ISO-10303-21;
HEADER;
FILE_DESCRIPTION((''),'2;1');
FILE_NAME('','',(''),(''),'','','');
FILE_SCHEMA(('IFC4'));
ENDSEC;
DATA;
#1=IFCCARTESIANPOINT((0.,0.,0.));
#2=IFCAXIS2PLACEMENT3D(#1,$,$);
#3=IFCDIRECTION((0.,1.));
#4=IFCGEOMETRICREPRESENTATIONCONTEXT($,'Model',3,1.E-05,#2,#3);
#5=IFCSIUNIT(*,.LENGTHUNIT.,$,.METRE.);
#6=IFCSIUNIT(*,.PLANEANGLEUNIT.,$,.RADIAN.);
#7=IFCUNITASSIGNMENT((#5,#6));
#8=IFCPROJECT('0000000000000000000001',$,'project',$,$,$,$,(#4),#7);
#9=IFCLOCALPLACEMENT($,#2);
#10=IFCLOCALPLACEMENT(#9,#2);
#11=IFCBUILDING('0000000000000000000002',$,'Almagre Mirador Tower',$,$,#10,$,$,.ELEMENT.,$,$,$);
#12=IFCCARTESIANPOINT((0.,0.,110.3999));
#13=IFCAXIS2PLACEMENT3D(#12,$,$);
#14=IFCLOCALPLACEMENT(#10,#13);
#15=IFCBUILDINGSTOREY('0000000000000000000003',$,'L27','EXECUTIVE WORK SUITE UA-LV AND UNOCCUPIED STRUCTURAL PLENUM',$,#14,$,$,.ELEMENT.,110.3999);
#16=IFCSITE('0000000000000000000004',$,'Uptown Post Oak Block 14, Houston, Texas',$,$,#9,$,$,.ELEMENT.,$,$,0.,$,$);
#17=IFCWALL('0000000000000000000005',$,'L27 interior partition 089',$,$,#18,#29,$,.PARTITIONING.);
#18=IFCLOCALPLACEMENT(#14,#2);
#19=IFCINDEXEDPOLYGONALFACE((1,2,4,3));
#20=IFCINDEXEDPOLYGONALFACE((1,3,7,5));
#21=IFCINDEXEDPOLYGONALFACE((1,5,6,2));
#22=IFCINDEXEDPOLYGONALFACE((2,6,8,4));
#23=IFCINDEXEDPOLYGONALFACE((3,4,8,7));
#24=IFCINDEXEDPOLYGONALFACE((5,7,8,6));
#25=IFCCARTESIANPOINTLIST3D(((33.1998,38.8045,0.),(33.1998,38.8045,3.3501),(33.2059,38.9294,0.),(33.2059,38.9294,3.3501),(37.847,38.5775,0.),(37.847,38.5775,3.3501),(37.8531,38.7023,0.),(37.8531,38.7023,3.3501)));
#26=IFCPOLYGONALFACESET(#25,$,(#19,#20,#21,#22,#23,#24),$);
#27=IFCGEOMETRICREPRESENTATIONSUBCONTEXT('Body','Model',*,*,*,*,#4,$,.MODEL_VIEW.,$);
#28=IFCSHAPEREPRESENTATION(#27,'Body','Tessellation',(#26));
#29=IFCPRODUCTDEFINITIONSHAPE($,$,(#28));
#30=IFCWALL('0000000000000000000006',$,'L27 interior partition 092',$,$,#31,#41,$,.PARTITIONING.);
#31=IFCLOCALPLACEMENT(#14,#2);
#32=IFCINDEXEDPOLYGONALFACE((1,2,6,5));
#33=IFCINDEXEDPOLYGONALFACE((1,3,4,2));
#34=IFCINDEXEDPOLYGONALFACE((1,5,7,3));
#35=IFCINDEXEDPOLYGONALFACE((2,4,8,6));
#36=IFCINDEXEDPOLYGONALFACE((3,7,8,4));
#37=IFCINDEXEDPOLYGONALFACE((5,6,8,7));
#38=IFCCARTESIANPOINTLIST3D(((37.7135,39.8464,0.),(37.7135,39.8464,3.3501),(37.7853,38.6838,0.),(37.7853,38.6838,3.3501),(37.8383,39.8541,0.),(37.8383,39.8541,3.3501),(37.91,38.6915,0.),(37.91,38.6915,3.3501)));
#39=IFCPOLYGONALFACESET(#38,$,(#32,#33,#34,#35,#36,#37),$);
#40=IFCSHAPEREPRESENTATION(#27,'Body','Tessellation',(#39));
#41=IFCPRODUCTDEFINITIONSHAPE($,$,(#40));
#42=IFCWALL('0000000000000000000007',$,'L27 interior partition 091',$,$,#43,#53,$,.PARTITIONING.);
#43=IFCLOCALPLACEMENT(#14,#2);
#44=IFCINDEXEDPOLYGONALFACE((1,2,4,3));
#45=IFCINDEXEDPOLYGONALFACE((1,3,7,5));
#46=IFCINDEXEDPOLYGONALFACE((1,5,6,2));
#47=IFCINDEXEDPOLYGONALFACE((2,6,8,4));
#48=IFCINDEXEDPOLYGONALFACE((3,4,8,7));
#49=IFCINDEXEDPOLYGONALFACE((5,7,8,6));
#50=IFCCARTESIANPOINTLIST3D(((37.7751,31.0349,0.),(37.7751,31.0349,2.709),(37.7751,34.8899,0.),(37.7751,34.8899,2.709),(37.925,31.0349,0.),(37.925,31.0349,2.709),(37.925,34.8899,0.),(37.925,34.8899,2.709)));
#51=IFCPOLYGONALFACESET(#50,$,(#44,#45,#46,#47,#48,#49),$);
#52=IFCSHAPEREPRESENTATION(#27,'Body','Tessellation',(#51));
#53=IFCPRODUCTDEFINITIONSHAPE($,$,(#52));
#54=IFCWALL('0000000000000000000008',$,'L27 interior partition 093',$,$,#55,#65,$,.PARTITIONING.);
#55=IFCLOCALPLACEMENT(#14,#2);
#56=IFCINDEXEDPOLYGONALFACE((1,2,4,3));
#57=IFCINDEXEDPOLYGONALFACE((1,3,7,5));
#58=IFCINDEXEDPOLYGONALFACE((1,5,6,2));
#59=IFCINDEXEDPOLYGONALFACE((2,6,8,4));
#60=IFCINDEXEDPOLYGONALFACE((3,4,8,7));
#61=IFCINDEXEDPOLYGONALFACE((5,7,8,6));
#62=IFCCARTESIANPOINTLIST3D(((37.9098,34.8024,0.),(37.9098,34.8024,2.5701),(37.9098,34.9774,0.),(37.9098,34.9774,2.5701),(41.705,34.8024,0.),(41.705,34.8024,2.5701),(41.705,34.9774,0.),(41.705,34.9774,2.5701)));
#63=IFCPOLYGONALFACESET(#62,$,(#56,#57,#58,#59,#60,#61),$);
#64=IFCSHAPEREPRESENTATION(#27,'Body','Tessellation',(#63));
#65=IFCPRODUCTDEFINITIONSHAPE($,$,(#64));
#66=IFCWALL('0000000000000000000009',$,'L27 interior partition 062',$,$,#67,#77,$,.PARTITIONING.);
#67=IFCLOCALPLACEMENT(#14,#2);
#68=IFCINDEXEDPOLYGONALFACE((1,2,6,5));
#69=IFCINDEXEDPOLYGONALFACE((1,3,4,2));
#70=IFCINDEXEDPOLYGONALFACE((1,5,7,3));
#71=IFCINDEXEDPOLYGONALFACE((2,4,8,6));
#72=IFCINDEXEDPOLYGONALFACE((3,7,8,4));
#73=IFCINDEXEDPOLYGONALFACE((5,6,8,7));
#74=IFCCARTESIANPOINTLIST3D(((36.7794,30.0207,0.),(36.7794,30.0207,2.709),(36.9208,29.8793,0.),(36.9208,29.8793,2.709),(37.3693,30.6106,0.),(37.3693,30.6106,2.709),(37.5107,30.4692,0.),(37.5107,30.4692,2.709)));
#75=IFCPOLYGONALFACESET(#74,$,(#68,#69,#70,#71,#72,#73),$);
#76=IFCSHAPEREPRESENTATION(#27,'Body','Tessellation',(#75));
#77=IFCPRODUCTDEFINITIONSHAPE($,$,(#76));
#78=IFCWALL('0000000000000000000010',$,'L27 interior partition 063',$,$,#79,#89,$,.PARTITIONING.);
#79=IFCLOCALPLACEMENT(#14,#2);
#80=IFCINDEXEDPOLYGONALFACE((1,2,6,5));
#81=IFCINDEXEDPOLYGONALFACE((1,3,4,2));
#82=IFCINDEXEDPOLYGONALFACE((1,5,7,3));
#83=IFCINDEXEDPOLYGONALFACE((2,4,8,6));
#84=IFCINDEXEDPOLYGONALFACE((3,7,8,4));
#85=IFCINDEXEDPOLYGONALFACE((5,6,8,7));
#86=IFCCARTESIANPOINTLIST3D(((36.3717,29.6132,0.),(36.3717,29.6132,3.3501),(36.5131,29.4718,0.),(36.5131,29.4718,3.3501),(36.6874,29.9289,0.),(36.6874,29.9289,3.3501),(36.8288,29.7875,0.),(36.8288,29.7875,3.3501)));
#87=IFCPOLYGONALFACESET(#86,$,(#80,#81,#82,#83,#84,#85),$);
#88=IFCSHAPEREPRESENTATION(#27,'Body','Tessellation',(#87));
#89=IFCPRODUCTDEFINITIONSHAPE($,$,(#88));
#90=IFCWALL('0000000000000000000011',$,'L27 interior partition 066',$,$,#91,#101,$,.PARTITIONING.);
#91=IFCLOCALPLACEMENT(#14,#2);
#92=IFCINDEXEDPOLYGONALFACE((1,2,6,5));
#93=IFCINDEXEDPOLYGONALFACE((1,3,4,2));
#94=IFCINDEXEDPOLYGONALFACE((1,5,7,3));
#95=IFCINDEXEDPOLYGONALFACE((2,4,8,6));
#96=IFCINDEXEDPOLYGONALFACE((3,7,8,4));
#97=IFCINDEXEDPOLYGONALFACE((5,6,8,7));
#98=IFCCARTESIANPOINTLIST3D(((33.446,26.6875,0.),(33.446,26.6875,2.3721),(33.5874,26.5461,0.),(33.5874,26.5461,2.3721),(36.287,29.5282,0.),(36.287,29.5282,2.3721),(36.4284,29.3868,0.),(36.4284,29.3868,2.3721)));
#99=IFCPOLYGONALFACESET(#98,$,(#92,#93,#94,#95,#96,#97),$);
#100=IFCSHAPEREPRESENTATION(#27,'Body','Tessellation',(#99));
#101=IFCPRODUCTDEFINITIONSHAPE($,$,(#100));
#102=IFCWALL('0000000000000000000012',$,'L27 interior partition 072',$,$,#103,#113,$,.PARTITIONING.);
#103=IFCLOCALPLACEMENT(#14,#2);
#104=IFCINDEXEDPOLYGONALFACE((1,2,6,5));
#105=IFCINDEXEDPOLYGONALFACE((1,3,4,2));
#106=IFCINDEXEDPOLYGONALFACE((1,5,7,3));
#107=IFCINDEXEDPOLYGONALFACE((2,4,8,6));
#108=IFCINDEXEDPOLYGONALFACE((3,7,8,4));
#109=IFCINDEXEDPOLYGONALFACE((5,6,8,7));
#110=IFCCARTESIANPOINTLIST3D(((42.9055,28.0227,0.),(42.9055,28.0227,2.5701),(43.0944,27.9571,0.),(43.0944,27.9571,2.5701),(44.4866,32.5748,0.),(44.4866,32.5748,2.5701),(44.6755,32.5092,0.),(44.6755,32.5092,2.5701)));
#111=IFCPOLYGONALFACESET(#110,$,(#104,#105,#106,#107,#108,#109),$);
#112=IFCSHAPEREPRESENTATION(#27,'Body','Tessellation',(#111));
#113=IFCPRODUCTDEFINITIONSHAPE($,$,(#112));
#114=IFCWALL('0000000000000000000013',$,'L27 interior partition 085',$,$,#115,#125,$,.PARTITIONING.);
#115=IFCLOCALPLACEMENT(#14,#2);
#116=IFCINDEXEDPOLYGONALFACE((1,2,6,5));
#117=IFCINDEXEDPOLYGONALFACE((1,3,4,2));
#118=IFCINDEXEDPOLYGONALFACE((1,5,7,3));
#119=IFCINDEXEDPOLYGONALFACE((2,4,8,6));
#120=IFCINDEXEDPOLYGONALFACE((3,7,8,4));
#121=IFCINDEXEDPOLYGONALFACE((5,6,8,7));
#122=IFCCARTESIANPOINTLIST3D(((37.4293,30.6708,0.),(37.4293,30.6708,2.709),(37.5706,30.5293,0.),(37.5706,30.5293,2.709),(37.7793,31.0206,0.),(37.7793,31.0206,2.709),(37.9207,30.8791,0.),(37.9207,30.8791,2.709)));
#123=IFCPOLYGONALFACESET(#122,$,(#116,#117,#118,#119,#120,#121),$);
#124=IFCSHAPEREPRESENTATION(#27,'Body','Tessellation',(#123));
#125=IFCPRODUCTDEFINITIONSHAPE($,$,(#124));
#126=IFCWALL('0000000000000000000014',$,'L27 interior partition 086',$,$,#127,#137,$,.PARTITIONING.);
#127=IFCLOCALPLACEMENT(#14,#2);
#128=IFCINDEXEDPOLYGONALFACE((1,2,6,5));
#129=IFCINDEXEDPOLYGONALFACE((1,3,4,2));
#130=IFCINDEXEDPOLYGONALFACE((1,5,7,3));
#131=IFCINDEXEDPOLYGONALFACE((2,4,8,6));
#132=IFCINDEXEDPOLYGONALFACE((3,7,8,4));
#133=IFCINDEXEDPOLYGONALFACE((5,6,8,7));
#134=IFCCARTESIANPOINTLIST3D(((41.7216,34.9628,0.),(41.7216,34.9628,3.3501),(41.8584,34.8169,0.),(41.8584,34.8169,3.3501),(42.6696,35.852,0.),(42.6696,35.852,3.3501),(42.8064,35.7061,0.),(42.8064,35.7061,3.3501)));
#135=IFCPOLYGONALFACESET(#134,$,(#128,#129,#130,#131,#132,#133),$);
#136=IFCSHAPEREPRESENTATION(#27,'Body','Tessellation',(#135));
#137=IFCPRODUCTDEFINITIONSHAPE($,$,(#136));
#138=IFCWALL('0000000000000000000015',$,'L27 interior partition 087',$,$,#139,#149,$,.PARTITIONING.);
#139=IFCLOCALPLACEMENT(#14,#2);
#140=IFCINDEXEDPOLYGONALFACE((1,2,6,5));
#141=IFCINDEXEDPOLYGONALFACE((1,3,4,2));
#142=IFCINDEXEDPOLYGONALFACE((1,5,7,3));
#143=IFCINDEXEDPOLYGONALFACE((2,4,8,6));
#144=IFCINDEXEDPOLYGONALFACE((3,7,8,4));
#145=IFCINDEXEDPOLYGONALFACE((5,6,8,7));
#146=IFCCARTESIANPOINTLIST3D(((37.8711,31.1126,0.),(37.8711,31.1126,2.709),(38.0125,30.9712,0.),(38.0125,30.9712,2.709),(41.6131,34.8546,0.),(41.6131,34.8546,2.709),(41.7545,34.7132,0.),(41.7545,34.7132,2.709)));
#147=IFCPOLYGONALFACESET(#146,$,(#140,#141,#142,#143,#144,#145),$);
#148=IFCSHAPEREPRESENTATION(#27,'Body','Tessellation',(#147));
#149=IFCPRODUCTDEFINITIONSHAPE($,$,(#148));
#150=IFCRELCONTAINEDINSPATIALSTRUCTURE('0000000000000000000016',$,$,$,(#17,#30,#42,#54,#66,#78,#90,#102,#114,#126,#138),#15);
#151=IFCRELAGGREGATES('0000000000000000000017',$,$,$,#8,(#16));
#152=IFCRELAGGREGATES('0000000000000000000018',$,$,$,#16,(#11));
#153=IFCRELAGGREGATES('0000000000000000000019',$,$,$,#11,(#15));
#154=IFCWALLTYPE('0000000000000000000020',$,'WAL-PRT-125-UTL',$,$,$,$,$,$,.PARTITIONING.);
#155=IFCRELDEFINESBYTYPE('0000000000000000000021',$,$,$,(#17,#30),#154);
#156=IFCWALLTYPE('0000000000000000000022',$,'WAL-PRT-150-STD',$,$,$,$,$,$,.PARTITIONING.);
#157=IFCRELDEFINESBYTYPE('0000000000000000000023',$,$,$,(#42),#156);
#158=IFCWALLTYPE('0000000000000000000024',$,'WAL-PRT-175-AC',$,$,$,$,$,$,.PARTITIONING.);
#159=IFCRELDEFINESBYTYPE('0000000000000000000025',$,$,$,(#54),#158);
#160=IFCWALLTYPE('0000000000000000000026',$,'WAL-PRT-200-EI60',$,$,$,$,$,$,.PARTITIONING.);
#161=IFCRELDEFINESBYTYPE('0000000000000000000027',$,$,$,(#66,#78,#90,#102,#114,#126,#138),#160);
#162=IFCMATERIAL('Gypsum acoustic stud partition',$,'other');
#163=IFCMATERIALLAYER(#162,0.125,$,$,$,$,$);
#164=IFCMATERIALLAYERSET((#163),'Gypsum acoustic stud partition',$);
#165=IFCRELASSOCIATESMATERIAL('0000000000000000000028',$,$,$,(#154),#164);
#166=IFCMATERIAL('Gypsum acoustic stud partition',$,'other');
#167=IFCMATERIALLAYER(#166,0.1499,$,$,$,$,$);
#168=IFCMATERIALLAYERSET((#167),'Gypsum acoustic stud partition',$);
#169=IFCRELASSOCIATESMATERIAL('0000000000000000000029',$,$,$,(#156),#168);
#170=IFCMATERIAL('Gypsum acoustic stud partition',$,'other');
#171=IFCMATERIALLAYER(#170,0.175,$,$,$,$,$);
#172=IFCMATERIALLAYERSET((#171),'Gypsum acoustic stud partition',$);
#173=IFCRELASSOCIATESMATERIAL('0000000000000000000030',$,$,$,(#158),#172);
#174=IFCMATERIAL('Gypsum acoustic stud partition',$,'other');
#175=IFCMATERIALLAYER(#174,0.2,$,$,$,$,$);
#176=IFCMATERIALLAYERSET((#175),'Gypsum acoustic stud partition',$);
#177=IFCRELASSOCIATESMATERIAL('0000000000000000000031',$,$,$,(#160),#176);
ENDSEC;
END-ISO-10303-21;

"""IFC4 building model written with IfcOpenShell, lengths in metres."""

from ifc_helpers import new_model, si_unit, direction, frame, frame_2d, origin, place, context, subcontext, project, spatial, rectangle, extrude, material, layer, layer_set, type_object, element, save


model = new_model("IFC4")

# Units and contexts
model_context = context("Model", 3, precision=1e-05, world=origin(), true_north=direction((0.0, 1.0)))
body_context = subcontext(model_context, "Body", "Model", "MODEL_VIEW")
ifc_project = project(units=[si_unit("LENGTHUNIT", "METRE"), si_unit("PLANEANGLEUNIT", "RADIAN")], contexts=[model_context])

# Site, building, storey
site_placement = place(None, origin())
site = spatial("IfcSite", under=ifc_project, at=site_placement, Name="Uptown Post Oak Block 14, Houston, Texas", CompositionType="ELEMENT", RefElevation=0.0)
building_placement = place(site_placement, origin())
building = spatial("IfcBuilding", under=site, at=building_placement, Name="Almagre Mirador Tower", CompositionType="ELEMENT")
storey_placement = place(building_placement, frame((0.0, 0.0, 110.3999)))
storey = spatial("IfcBuildingStorey", under=building, at=storey_placement, Name="L27", Description="EXECUTIVE WORK SUITE UA-LV AND UNOCCUPIED STRUCTURAL PLENUM", CompositionType="ELEMENT", Elevation=110.3999)

# Walls
ifc_material_1 = material(Name="Gypsum acoustic stud partition", Category="other")
ifc_layer_1 = layer(ifc_material_1, 0.125)
ifc_layer_set_1 = layer_set([ifc_layer_1], Name="Gypsum acoustic stud partition")
wall_type_1 = type_object("IfcWallType", Name="WAL-PRT-125-UTL", PredefinedType="PARTITIONING", material=ifc_layer_set_1)
wall_1_placement = place(storey_placement, frame((37.8501, 38.6399, 0.0), z_axis=(0.0, 0.0, 1.0), x_axis=(-0.998809, 0.048799, 0.0)))
element("IfcWall", 1, at=wall_1_placement, inside=storey, type_object=wall_type_1, Name="L27 interior partition 089", PredefinedType="PARTITIONING", context=body_context, shape_type="SweptSolid", body=[
    extrude(rectangle(XDim=4.6528, YDim=0.125, at=frame_2d((2.3264, 0.0))), origin(), (0.0, 0.0, 1.0), 3.3501),
])
wall_2_placement = place(storey_placement, frame((37.8477, 38.6875, 0.0), z_axis=(0.0, 0.0, 1.0), x_axis=(-0.061621, 0.9981, 0.0)))
element("IfcWall", 2, at=wall_2_placement, inside=storey, type_object=wall_type_1, Name="L27 interior partition 092", PredefinedType="PARTITIONING", context=body_context, shape_type="SweptSolid", body=[
    extrude(rectangle(XDim=1.1648, YDim=0.125, at=frame_2d((0.5825, 0.0))), origin(), (0.0, 0.0, 1.0), 3.3501),
])
ifc_material_2 = material(Name="Gypsum acoustic stud partition", Category="other")
ifc_layer_2 = layer(ifc_material_2, 0.1499)
ifc_layer_set_2 = layer_set([ifc_layer_2], Name="Gypsum acoustic stud partition")
wall_type_2 = type_object("IfcWallType", Name="WAL-PRT-150-STD", PredefinedType="PARTITIONING", material=ifc_layer_set_2)
wall_3_placement = place(storey_placement, frame((37.8501, 31.0349, 0.0), z_axis=(0.0, 0.0, 1.0), x_axis=(0.0, 1.0, 0.0)))
element("IfcWall", 3, at=wall_3_placement, inside=storey, type_object=wall_type_2, Name="L27 interior partition 091", PredefinedType="PARTITIONING", context=body_context, shape_type="SweptSolid", body=[
    extrude(rectangle(XDim=3.855, YDim=0.1499, at=frame_2d((1.9275, 0.0))), origin(), (0.0, 0.0, 1.0), 2.709),
])
ifc_material_3 = material(Name="Gypsum acoustic stud partition", Category="other")
ifc_layer_3 = layer(ifc_material_3, 0.175)
ifc_layer_set_3 = layer_set([ifc_layer_3], Name="Gypsum acoustic stud partition")
wall_type_3 = type_object("IfcWallType", Name="WAL-PRT-175-AC", PredefinedType="PARTITIONING", material=ifc_layer_set_3)
wall_4_placement = place(storey_placement, frame((37.9099, 34.8899, 0.0), z_axis=(0.0, 0.0, 1.0), x_axis=(1.0, 0.0, 0.0)))
element("IfcWall", 4, at=wall_4_placement, inside=storey, type_object=wall_type_3, Name="L27 interior partition 093", PredefinedType="PARTITIONING", context=body_context, shape_type="SweptSolid", body=[
    extrude(rectangle(XDim=3.7952, YDim=0.175, at=frame_2d((1.8975, 0.0))), origin(), (0.0, 0.0, 1.0), 2.5701),
])
ifc_material_4 = material(Name="Gypsum acoustic stud partition", Category="other")
ifc_layer_4 = layer(ifc_material_4, 0.2)
ifc_layer_set_4 = layer_set([ifc_layer_4], Name="Gypsum acoustic stud partition")
wall_type_4 = type_object("IfcWallType", Name="WAL-PRT-200-EI60", PredefinedType="PARTITIONING", material=ifc_layer_set_4)
wall_5_placement = place(storey_placement, frame((37.4399, 30.5398, 0.0), z_axis=(0.0, 0.0, 1.0), x_axis=(-0.707107, -0.707107, 0.0)))
element("IfcWall", 5, at=wall_5_placement, inside=storey, type_object=wall_type_4, Name="L27 interior partition 062", PredefinedType="PARTITIONING", context=body_context, shape_type="SweptSolid", body=[
    extrude(rectangle(XDim=0.8342, YDim=0.2, at=frame_2d((0.417, 0.0))), origin(), (0.0, 0.0, 1.0), 2.709),
])
wall_6_placement = place(storey_placement, frame((36.7581, 29.8582, 0.0), z_axis=(0.0, 0.0, 1.0), x_axis=(-0.707107, -0.707107, 0.0)))
element("IfcWall", 6, at=wall_6_placement, inside=storey, type_object=wall_type_4, Name="L27 interior partition 063", PredefinedType="PARTITIONING", context=body_context, shape_type="SweptSolid", body=[
    extrude(rectangle(XDim=0.4465, YDim=0.2, at=frame_2d((0.2231, 0.0))), origin(), (0.0, 0.0, 1.0), 3.3501),
])
wall_7_placement = place(storey_placement, frame((36.3577, 29.4575, 0.0), z_axis=(0.0, 0.0, 1.0), x_axis=(-0.707137, -0.707076, 0.0)))
element("IfcWall", 7, at=wall_7_placement, inside=storey, type_object=wall_type_4, Name="L27 interior partition 066", PredefinedType="PARTITIONING", context=body_context, shape_type="SweptSolid", body=[
    extrude(rectangle(XDim=4.0176, YDim=0.2, at=frame_2d((2.0088, 0.0))), origin(), (0.0, 0.0, 1.0), 2.3721),
])
wall_8_placement = place(storey_placement, frame((44.5811, 32.542, 0.0), z_axis=(0.0, 0.0, 1.0), x_axis=(-0.328104, -0.944642, 0.0)))
element("IfcWall", 8, at=wall_8_placement, inside=storey, type_object=wall_type_4, Name="L27 interior partition 072", PredefinedType="PARTITIONING", context=body_context, shape_type="SweptSolid", body=[
    extrude(rectangle(XDim=4.8188, YDim=0.2, at=frame_2d((2.4094, 0.0))), origin(), (0.0, 0.0, 1.0), 2.5701),
])
wall_9_placement = place(storey_placement, frame((37.8501, 30.95, 0.0), z_axis=(0.0, 0.0, 1.0), x_axis=(-0.707353, -0.70686, 0.0)))
element("IfcWall", 9, at=wall_9_placement, inside=storey, type_object=wall_type_4, Name="L27 interior partition 085", PredefinedType="PARTITIONING", context=body_context, shape_type="SweptSolid", body=[
    extrude(rectangle(XDim=0.4949, YDim=0.2, at=frame_2d((0.2476, 0.0))), origin(), (0.0, 0.0, 1.0), 2.709),
])
wall_10_placement = place(storey_placement, frame((42.738, 35.7791, 0.0), z_axis=(0.0, 0.0, 1.0), x_axis=(-0.729379, -0.68411, 0.0)))
element("IfcWall", 10, at=wall_10_placement, inside=storey, type_object=wall_type_4, Name="L27 interior partition 086", PredefinedType="PARTITIONING", context=body_context, shape_type="SweptSolid", body=[
    extrude(rectangle(XDim=1.2998, YDim=0.2, at=frame_2d((0.6499, 0.0))), origin(), (0.0, 0.0, 1.0), 3.3501),
])
wall_11_placement = place(storey_placement, frame((41.6838, 34.7839, 0.0), z_axis=(0.0, 0.0, 1.0), x_axis=(-0.707107, -0.707107, 0.0)))
element("IfcWall", 11, at=wall_11_placement, inside=storey, type_object=wall_type_4, Name="L27 interior partition 087", PredefinedType="PARTITIONING", context=body_context, shape_type="SweptSolid", body=[
    extrude(rectangle(XDim=5.292, YDim=0.2, at=frame_2d((2.646, 0.0))), origin(), (0.0, 0.0, 1.0), 2.709),
])

save(model, "model.ifc")
